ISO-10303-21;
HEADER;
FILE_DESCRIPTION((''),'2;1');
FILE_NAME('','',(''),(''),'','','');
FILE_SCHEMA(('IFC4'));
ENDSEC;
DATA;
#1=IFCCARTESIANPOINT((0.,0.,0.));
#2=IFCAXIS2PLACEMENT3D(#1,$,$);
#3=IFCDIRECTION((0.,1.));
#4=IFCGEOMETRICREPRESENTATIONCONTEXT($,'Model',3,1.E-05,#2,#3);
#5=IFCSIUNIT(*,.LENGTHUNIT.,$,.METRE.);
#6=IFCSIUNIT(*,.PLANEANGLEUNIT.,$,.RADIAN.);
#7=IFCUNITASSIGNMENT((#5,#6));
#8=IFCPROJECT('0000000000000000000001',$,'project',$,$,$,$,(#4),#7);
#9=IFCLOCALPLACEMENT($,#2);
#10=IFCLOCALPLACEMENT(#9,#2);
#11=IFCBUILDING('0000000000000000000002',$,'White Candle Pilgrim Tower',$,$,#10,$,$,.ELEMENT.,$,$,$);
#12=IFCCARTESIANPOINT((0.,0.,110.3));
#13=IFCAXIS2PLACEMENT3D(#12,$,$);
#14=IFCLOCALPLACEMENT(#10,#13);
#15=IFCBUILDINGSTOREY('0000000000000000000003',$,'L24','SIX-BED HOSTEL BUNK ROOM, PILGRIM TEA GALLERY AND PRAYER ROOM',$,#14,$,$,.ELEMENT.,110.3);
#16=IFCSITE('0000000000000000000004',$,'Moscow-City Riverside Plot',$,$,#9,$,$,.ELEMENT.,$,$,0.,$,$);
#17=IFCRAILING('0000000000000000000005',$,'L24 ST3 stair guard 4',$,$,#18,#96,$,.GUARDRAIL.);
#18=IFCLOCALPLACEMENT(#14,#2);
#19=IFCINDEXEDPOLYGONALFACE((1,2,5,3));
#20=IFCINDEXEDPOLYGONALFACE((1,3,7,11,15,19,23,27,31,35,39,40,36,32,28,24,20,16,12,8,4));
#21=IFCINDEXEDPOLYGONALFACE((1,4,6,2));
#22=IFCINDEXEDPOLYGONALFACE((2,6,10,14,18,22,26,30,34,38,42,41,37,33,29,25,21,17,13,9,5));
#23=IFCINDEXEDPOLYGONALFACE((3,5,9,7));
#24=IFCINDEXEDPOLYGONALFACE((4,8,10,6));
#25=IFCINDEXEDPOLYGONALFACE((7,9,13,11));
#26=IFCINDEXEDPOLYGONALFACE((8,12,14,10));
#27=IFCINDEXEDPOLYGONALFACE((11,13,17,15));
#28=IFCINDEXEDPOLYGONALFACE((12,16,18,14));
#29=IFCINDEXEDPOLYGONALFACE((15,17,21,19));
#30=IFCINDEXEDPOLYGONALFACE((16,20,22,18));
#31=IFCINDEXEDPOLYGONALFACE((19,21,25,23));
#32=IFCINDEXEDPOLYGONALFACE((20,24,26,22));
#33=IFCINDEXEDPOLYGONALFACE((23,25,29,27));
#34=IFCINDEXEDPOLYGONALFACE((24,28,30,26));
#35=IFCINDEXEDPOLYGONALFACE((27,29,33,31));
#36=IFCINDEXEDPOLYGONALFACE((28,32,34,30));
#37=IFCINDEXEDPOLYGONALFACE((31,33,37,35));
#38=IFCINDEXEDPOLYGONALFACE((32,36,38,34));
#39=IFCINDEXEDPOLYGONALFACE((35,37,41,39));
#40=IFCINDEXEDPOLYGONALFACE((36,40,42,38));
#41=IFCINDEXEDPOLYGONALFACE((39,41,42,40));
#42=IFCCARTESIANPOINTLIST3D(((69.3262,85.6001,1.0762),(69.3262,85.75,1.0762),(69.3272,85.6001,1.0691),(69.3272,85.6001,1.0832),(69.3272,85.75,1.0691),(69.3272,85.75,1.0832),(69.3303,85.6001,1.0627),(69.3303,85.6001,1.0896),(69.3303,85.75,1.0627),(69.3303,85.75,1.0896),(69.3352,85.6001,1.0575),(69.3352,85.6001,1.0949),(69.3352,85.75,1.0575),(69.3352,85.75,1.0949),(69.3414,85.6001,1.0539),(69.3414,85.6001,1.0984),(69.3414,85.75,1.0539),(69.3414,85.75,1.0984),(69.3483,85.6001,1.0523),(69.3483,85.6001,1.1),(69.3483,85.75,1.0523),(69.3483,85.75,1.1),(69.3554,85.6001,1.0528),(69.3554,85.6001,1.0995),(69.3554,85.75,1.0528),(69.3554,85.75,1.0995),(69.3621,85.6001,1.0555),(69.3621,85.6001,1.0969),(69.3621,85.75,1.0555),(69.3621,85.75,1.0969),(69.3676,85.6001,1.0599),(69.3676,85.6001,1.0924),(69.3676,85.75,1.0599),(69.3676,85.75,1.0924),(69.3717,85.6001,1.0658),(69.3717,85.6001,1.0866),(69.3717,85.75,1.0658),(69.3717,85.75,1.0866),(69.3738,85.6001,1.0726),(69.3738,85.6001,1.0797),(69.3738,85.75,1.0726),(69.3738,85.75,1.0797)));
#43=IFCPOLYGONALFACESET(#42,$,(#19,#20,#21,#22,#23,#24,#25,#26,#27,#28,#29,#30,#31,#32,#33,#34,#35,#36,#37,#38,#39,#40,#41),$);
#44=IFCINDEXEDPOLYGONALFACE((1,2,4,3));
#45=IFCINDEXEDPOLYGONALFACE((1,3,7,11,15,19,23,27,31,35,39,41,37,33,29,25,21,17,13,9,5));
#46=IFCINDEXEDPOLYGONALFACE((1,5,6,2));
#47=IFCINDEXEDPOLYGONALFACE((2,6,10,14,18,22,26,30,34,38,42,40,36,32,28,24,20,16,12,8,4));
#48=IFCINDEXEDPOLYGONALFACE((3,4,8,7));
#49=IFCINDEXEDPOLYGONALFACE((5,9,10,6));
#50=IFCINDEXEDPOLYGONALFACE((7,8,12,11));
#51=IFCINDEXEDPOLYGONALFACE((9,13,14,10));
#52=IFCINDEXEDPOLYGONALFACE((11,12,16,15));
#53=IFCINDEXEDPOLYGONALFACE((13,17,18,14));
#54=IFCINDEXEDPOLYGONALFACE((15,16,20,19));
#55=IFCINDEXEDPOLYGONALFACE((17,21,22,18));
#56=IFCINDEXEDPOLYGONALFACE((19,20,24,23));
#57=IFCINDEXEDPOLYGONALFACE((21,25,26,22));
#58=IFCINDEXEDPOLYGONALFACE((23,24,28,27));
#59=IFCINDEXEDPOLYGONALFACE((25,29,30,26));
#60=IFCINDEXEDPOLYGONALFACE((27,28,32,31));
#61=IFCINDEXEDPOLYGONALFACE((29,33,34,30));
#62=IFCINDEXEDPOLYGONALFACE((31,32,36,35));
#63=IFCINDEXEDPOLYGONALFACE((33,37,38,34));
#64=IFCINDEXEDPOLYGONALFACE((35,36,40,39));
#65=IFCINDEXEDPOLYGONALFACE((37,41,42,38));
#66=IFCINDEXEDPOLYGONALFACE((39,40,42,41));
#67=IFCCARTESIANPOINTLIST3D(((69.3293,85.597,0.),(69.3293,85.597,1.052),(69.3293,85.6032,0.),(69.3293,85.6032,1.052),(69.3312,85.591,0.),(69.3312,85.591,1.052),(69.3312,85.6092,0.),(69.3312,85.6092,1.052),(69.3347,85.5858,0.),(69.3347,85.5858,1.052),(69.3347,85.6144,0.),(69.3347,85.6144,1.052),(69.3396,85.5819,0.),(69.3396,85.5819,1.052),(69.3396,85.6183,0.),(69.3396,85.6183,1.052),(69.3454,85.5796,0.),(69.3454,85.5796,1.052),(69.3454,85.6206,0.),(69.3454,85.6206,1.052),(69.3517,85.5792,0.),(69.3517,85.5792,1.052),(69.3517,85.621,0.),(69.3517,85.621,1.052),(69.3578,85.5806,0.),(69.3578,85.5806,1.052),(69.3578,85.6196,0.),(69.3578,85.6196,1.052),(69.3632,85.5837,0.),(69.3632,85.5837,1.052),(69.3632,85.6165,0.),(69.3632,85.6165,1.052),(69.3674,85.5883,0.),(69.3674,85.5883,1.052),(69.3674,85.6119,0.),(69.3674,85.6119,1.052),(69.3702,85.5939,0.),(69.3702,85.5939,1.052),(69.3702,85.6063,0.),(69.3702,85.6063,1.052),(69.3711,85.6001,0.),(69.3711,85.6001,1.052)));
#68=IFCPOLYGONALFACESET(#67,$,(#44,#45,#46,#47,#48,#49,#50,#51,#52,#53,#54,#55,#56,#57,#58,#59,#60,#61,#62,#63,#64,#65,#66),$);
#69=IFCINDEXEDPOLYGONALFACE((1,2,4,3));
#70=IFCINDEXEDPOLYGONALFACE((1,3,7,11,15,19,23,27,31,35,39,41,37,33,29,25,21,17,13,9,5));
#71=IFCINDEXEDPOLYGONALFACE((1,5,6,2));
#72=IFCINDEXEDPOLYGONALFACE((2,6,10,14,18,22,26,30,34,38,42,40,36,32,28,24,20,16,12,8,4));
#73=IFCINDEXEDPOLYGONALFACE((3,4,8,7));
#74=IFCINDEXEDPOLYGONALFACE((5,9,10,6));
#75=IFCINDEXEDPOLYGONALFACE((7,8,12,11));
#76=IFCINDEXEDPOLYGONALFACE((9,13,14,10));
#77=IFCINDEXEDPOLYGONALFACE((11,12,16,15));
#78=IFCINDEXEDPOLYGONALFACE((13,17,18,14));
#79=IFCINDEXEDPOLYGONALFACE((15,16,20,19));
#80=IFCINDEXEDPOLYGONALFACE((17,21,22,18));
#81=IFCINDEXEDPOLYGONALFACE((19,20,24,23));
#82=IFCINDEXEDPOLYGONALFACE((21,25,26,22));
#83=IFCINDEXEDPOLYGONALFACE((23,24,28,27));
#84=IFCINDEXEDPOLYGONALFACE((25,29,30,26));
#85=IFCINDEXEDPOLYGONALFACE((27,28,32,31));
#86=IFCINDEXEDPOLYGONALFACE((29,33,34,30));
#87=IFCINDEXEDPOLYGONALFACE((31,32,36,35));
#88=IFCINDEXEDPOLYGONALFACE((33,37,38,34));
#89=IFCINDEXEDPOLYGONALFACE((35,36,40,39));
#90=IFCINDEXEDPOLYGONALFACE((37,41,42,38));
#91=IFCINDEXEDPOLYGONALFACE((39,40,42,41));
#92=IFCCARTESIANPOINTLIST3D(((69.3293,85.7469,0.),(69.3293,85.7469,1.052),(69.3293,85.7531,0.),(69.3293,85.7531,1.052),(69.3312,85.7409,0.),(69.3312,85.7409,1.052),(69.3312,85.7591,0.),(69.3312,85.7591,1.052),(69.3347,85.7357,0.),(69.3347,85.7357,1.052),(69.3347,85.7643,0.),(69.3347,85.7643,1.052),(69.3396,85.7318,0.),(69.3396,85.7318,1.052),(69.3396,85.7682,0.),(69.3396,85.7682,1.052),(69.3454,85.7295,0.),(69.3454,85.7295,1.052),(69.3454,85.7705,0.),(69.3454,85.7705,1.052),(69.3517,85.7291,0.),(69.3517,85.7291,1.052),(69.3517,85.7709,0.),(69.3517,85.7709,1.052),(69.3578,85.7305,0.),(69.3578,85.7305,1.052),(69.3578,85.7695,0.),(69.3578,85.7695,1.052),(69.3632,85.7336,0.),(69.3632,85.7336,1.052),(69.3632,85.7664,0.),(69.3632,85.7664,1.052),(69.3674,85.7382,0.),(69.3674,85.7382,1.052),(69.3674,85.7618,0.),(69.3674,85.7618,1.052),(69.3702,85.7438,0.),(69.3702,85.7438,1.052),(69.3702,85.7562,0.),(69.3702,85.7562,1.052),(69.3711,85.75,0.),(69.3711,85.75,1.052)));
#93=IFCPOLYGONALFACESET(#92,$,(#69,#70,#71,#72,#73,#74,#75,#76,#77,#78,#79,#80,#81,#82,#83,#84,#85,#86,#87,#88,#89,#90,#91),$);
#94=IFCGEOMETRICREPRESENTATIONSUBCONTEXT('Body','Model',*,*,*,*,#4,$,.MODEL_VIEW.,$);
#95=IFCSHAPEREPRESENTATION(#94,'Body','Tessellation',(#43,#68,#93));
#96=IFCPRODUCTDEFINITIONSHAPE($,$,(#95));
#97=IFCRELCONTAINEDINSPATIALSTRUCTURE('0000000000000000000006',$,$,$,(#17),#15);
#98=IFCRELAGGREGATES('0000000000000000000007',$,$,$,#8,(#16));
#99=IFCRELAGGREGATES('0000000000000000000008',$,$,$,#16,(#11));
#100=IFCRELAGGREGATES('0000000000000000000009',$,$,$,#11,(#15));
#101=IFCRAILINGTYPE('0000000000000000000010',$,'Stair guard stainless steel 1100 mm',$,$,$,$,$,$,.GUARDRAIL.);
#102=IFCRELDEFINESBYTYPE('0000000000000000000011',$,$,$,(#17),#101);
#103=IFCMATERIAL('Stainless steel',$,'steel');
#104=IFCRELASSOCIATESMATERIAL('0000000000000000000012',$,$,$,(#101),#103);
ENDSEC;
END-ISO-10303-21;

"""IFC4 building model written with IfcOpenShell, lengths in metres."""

from ifc_helpers import new_model, si_unit, direction, frame, origin, origin_2d, place, context, subcontext, project, spatial, circle, extrude, material, type_object, element, save


model = new_model("IFC4")

# Units and contexts
model_context = context("Model", 3, precision=1e-05, world=origin(), true_north=direction((0.0, 1.0)))
body_context = subcontext(model_context, "Body", "Model", "MODEL_VIEW")
ifc_project = project(units=[si_unit("LENGTHUNIT", "METRE"), si_unit("PLANEANGLEUNIT", "RADIAN")], contexts=[model_context])

# Site, building, storey
site_placement = place(None, origin())
site = spatial("IfcSite", under=ifc_project, at=site_placement, Name="Moscow-City Riverside Plot", CompositionType="ELEMENT", RefElevation=0.0)
building_placement = place(site_placement, origin())
building = spatial("IfcBuilding", under=site, at=building_placement, Name="White Candle Pilgrim Tower", CompositionType="ELEMENT")
storey_placement = place(building_placement, frame((0.0, 0.0, 110.3)))
storey = spatial("IfcBuildingStorey", under=building, at=storey_placement, Name="L24", Description="SIX-BED HOSTEL BUNK ROOM, PILGRIM TEA GALLERY AND PRAYER ROOM", CompositionType="ELEMENT", Elevation=110.3)

# Railing
ifc_material_1 = material(Name="Stainless steel", Category="steel")
railing_type_1 = type_object("IfcRailingType", Name="Stair guard stainless steel 1100 mm", PredefinedType="GUARDRAIL", material=ifc_material_1)
railing_1_placement = place(storey_placement, frame((69.3501, 85.6001, 0.0)))
element("IfcRailing", 1, at=railing_1_placement, inside=storey, type_object=railing_type_1, Name="L24 ST3 stair guard 4", PredefinedType="GUARDRAIL", context=body_context, shape_type="SweptSolid", body=[
    extrude(circle(Radius=0.0239, at=origin_2d()), frame((0.0, 0.0, 1.0762), z_axis=(0.0, 1.0, 0.0), x_axis=(-1.0, 0.0, 0.0)), (0.0, 0.0, 1.0), 0.1499),
    extrude(circle(Radius=0.021, at=origin_2d()), origin(), (0.0, 0.0, 1.0), 1.052),
    extrude(circle(Radius=0.021, at=origin_2d()), frame((0.0, 0.1499, 0.0)), (0.0, 0.0, 1.0), 1.052),
])

save(model, "model.ifc")
